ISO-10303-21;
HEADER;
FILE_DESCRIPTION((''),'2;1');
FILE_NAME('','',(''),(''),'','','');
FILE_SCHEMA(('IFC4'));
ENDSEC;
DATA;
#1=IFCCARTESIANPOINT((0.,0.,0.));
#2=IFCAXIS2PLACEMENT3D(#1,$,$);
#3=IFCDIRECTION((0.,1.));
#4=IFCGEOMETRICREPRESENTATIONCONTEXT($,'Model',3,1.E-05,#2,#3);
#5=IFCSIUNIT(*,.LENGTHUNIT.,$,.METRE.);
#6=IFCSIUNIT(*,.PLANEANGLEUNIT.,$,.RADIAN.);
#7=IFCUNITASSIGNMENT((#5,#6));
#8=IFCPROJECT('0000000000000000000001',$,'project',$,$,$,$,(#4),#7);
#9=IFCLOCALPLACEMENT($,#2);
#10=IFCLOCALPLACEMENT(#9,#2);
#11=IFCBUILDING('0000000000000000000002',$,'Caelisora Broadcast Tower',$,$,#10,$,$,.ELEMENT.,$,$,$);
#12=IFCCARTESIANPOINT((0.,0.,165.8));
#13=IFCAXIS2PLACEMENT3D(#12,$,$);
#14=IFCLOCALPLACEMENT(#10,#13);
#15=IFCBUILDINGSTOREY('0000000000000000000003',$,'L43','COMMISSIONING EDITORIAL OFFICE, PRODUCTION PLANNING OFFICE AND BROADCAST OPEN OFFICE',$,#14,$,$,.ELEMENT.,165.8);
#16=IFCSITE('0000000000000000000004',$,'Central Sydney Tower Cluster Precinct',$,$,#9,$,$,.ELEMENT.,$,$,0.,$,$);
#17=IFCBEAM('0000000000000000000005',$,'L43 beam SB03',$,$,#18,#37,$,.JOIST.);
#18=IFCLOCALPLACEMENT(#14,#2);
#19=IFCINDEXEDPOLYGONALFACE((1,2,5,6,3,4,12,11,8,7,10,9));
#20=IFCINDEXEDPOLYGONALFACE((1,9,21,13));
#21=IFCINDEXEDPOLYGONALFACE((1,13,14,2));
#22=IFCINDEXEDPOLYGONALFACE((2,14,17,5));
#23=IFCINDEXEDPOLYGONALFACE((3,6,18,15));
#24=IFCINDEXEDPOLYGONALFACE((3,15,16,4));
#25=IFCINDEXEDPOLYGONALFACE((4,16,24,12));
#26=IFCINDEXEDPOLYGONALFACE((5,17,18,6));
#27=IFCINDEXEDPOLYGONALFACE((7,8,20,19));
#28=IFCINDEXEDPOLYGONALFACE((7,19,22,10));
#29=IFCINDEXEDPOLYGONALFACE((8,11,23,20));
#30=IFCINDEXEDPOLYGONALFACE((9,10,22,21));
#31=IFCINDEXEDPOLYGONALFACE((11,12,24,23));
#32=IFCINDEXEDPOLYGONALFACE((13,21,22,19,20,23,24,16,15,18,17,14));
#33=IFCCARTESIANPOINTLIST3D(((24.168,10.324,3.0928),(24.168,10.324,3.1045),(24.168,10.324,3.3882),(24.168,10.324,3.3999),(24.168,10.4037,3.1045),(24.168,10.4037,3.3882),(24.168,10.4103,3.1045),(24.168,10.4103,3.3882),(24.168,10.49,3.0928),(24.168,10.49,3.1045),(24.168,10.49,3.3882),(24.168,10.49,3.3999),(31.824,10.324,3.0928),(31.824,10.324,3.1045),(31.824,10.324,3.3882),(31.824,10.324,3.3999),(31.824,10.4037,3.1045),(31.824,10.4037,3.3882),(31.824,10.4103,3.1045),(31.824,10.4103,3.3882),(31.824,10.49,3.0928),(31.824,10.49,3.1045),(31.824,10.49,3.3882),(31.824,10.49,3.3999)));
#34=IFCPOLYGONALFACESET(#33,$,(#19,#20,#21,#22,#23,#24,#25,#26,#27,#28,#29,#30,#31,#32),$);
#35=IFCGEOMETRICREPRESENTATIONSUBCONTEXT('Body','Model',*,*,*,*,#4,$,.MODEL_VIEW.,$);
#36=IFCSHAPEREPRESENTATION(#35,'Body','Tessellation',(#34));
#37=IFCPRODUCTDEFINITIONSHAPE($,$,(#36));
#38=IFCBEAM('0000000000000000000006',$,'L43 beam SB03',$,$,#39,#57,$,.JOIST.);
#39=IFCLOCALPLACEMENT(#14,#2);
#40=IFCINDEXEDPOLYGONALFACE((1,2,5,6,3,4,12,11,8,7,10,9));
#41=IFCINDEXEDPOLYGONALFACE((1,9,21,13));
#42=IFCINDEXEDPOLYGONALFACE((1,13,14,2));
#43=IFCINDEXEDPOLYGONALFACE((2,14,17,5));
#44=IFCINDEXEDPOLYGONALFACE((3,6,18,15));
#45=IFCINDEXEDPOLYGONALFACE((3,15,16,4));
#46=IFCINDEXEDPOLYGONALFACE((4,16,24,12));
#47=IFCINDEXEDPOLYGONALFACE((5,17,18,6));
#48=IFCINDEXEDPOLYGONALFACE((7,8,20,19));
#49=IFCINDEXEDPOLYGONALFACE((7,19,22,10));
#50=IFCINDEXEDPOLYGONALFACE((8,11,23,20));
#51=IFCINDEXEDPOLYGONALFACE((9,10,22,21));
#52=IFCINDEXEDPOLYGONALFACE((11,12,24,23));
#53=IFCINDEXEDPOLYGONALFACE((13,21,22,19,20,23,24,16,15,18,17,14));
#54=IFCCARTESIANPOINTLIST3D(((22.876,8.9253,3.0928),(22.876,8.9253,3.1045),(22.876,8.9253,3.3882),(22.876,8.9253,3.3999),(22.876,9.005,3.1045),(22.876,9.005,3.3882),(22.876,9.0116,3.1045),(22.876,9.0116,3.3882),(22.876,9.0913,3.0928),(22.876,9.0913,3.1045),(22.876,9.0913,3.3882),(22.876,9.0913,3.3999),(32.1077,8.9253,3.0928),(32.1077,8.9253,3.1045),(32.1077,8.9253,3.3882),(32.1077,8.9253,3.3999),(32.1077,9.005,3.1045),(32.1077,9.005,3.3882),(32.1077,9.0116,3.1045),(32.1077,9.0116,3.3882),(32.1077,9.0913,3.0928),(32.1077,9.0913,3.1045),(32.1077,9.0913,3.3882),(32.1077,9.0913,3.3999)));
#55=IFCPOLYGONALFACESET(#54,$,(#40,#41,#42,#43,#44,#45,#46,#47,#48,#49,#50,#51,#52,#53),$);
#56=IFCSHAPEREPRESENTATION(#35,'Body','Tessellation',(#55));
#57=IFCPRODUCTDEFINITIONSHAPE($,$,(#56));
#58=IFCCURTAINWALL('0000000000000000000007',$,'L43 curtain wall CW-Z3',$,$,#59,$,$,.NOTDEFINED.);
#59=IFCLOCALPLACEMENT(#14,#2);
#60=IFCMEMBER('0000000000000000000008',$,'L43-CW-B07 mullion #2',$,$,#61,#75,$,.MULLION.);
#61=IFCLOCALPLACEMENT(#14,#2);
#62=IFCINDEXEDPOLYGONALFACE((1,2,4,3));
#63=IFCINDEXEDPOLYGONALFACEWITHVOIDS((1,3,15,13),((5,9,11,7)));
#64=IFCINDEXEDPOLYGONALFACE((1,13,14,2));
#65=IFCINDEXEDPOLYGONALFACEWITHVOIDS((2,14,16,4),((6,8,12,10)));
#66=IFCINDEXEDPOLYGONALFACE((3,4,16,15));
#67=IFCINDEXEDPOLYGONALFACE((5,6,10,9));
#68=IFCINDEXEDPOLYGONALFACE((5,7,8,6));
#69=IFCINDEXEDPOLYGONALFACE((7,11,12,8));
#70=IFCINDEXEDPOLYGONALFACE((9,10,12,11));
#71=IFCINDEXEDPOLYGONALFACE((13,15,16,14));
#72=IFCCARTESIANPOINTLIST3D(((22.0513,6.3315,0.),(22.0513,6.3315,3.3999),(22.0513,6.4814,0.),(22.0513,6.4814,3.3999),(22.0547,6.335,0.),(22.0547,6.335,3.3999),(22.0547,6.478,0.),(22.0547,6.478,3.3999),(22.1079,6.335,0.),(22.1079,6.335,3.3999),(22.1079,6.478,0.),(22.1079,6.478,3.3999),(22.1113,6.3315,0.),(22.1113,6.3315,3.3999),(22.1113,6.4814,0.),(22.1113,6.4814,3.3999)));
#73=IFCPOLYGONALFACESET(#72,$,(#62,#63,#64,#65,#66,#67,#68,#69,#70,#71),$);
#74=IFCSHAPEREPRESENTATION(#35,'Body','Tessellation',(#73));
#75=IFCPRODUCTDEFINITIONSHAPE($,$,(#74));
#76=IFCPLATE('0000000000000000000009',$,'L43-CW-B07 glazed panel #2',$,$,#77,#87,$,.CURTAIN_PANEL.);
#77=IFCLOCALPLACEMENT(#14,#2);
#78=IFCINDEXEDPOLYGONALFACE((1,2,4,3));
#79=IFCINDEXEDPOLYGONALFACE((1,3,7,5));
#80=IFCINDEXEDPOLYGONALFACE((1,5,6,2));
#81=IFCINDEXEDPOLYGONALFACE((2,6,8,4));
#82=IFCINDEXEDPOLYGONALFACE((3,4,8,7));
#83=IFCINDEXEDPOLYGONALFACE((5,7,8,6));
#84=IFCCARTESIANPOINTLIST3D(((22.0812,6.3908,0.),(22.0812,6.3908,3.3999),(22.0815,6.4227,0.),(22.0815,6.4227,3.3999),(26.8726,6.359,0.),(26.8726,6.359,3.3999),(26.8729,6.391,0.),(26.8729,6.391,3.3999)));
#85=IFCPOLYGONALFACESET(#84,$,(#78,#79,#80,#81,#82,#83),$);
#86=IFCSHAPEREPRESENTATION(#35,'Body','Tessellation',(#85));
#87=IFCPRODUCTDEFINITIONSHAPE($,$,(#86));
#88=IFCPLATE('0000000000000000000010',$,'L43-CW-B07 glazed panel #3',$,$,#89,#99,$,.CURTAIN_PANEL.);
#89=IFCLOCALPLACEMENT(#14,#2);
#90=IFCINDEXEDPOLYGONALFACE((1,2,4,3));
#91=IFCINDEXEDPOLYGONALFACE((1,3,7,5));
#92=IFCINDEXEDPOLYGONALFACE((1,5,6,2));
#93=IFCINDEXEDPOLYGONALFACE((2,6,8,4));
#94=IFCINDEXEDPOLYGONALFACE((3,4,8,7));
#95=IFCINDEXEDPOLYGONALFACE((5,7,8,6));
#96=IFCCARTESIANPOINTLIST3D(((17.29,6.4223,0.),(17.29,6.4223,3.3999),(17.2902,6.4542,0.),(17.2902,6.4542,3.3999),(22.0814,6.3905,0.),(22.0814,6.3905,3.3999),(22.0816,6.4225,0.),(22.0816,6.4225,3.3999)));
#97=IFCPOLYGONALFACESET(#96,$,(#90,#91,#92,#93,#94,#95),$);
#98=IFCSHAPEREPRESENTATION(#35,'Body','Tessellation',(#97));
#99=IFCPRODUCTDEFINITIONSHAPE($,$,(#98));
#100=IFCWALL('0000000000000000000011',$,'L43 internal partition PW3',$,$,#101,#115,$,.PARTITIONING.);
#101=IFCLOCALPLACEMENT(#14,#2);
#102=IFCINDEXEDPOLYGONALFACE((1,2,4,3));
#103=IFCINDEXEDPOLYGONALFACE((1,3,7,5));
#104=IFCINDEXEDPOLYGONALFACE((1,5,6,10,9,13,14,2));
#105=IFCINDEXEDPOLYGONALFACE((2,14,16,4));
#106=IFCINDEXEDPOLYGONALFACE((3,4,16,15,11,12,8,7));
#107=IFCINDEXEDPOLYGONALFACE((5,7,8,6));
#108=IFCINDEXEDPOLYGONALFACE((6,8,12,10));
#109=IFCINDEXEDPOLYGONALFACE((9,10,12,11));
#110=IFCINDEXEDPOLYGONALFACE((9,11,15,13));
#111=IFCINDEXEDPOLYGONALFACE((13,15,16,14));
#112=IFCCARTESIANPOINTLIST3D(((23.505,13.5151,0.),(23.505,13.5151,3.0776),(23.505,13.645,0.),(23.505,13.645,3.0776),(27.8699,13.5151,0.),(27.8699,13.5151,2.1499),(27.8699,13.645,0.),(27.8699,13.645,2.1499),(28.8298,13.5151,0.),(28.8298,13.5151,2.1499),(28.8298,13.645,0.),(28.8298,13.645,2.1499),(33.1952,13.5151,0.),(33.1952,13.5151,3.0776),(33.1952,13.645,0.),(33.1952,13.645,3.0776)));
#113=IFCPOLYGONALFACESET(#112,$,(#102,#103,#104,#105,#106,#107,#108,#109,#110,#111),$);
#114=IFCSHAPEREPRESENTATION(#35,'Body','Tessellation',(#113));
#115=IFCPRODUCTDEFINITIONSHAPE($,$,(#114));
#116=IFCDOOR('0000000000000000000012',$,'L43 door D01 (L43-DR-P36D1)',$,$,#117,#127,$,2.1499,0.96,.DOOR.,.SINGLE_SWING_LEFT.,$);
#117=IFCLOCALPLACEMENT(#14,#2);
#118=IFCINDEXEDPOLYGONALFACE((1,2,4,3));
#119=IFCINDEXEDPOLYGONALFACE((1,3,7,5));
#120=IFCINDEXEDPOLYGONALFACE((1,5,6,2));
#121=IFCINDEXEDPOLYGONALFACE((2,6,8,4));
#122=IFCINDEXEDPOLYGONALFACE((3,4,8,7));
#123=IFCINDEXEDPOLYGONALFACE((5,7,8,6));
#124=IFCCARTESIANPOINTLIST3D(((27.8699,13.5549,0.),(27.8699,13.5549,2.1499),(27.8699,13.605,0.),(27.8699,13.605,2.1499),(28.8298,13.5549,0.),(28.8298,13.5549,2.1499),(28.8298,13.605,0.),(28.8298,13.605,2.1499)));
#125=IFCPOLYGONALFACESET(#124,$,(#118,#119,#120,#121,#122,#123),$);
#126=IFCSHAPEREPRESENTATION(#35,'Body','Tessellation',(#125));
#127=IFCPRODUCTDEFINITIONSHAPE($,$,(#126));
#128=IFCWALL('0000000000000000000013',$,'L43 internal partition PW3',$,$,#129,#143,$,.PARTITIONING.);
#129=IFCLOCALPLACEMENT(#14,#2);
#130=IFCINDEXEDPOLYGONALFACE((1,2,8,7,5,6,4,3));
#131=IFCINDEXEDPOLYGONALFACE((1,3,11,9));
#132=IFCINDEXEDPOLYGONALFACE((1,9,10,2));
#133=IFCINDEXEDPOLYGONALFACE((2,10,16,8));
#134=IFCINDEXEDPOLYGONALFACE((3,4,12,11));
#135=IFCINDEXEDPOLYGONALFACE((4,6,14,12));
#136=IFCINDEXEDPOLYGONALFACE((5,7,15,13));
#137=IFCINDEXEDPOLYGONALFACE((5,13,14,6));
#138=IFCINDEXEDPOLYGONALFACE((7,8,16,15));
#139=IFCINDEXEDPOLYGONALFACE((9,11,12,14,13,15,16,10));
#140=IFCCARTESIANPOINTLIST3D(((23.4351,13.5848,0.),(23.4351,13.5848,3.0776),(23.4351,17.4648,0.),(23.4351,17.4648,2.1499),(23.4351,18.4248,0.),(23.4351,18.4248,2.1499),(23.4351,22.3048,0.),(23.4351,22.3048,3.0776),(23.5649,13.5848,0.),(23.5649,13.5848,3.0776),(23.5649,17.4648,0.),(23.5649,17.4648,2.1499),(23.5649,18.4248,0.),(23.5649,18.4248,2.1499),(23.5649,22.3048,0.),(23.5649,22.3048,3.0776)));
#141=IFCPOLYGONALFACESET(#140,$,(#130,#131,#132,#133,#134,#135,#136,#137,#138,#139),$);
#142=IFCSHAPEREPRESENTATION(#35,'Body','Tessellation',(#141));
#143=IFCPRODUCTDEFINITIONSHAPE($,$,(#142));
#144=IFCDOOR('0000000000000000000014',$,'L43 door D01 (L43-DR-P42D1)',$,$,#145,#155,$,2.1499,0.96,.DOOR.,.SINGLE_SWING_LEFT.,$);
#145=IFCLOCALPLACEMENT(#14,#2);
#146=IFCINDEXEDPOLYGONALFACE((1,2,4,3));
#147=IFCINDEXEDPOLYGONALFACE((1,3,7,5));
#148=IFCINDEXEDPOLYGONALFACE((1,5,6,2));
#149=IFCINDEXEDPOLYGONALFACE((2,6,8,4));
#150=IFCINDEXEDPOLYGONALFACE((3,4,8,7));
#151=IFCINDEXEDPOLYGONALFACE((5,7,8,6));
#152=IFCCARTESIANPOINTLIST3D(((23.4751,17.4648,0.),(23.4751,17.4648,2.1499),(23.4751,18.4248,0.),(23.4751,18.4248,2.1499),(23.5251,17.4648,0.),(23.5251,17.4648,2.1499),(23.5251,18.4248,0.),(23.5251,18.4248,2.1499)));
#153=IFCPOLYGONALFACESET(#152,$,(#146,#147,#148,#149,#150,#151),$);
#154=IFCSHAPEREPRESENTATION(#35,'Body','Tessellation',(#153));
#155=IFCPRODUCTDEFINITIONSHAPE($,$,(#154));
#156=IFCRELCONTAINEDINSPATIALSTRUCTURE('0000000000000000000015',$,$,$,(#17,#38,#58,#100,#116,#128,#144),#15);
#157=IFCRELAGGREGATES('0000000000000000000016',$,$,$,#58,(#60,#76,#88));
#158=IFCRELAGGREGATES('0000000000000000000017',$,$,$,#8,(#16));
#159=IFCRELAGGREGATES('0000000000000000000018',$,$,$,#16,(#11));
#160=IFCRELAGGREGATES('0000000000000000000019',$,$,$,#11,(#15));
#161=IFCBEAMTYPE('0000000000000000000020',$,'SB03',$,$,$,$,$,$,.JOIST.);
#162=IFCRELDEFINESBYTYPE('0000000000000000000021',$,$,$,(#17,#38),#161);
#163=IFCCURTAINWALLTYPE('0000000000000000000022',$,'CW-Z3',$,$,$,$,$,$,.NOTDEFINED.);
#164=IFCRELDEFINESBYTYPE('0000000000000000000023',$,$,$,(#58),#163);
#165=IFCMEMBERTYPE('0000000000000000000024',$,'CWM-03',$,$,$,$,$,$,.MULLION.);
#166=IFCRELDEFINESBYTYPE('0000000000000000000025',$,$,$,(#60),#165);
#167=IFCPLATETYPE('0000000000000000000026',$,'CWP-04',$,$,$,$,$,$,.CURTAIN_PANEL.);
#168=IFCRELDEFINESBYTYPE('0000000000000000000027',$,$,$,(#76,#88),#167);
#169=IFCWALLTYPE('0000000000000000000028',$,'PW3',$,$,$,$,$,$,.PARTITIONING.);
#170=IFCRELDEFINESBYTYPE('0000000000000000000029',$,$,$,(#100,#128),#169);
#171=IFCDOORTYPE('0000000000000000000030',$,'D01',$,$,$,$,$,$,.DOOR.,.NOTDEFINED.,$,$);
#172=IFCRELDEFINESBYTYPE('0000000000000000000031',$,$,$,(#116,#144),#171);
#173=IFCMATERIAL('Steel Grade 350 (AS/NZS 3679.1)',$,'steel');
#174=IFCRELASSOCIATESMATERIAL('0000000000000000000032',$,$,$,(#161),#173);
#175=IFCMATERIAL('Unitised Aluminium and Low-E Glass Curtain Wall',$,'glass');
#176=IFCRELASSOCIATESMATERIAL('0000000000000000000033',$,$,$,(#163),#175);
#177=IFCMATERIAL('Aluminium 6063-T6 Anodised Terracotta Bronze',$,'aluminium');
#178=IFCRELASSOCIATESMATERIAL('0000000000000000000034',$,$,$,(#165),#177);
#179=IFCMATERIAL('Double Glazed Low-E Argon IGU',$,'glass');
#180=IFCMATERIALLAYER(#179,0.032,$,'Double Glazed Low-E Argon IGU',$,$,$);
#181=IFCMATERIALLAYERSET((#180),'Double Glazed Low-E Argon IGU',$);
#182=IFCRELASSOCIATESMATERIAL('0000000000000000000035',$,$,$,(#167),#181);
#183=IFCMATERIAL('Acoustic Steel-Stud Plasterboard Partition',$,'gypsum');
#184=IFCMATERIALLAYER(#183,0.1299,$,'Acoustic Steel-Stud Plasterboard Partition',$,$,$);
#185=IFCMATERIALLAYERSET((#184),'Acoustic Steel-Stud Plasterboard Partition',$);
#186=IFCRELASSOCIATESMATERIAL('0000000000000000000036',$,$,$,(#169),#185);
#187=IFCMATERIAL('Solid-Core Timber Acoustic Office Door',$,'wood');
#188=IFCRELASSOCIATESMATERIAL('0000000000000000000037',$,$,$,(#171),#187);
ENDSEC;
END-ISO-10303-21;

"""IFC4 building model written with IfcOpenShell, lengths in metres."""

from ifc_helpers import new_model, si_unit, direction, frame, frame_2d, origin, origin_2d, place, context, subcontext, project, spatial, rectangle, hollow_rectangle, i_section, extrude, source, transform, mapped, material, layer, layer_set, material_profile, profile_set, type_object, type_shapes, element, fill, aggregate, save


model = new_model("IFC4")

# Units and contexts
model_context = context("Model", 3, precision=1e-05, world=origin(), true_north=direction((0.0, 1.0)))
body_context = subcontext(model_context, "Body", "Model", "MODEL_VIEW")
ifc_project = project(units=[si_unit("LENGTHUNIT", "METRE"), si_unit("PLANEANGLEUNIT", "RADIAN")], contexts=[model_context])

# Site, building, storey
site_placement = place(None, origin())
site = spatial("IfcSite", under=ifc_project, at=site_placement, Name="Central Sydney Tower Cluster Precinct", CompositionType="ELEMENT", RefElevation=0.0)
building_placement = place(site_placement, origin())
building = spatial("IfcBuilding", under=site, at=building_placement, Name="Caelisora Broadcast Tower", CompositionType="ELEMENT")
storey_placement = place(building_placement, frame((0.0, 0.0, 165.8)))
storey = spatial("IfcBuildingStorey", under=building, at=storey_placement, Name="L43", Description="COMMISSIONING EDITORIAL OFFICE, PRODUCTION PLANNING OFFICE AND BROADCAST OPEN OFFICE", CompositionType="ELEMENT", Elevation=165.8)

# Beams
ifc_material_1 = material(Name="Steel Grade 350 (AS/NZS 3679.1)", Category="steel")
ifc_material_profile_1 = material_profile(ifc_material_1, i_section(OverallWidth=0.166, OverallDepth=0.3071, WebThickness=0.0066, FlangeThickness=0.0117, at=origin_2d()), Name="Steel Grade 350 (AS/NZS 3679.1)")
ifc_profile_set_1 = profile_set([ifc_material_profile_1], Name="Steel Grade 350 (AS/NZS 3679.1)")
beam_type_1 = type_object("IfcBeamType", Name="SB03", PredefinedType="JOIST", material=ifc_profile_set_1)
shared_shape_1 = source(origin(), body_context, "Body", "SweptSolid", [
    extrude(i_section(OverallWidth=0.166, OverallDepth=0.3071, WebThickness=0.0066, FlangeThickness=0.0117, at=origin_2d()), origin(), (0.0, 0.0, 1.0), 7.656),
])
beam_1_placement = place(storey_placement, frame((24.168, 10.407, 3.2463), z_axis=(1.0, 0.0, 0.0), x_axis=(0.0, 1.0, 0.0)))
element("IfcBeam", 1, at=beam_1_placement, inside=storey, type_object=beam_type_1, Name="L43 beam SB03", PredefinedType="JOIST", context=body_context, shape_type="MappedRepresentation", body=[
    mapped(shared_shape_1, transform((0.0, 0.0, 0.0), scale=1.0)),
])
shared_shape_2 = source(origin(), body_context, "Body", "SweptSolid", [
    extrude(i_section(OverallWidth=0.166, OverallDepth=0.3071, WebThickness=0.0066, FlangeThickness=0.0117, at=origin_2d()), origin(), (0.0, 0.0, 1.0), 9.2317),
])
beam_2_placement = place(storey_placement, frame((22.876, 9.0083, 3.2463), z_axis=(1.0, 0.0, 0.0), x_axis=(0.0, 1.0, 0.0)))
element("IfcBeam", 2, at=beam_2_placement, inside=storey, type_object=beam_type_1, Name="L43 beam SB03", PredefinedType="JOIST", context=body_context, shape_type="MappedRepresentation", body=[
    mapped(shared_shape_2, transform((0.0, 0.0, 0.0), scale=1.0)),
])

# Curtain wall, member, plates
ifc_material_2 = material(Name="Unitised Aluminium and Low-E Glass Curtain Wall", Category="glass")
curtain_wall_type = type_object("IfcCurtainWallType", Name="CW-Z3", PredefinedType="NOTDEFINED", material=ifc_material_2)
curtain_wall_placement = place(storey_placement, origin())
curtain_wall = element("IfcCurtainWall", 3, at=curtain_wall_placement, inside=storey, type_object=curtain_wall_type, Name="L43 curtain wall CW-Z3", PredefinedType="NOTDEFINED")
ifc_material_3 = material(Name="Aluminium 6063-T6 Anodised Terracotta Bronze", Category="aluminium")
ifc_material_profile_2 = material_profile(ifc_material_3, hollow_rectangle(XDim=0.0601, YDim=0.1499, WallThickness=0.0034, at=origin_2d()), Name="Aluminium 6063-T6 Anodised Terracotta Bronze")
ifc_profile_set_2 = profile_set([ifc_material_profile_2], Name="Aluminium 6063-T6 Anodised Terracotta Bronze")
member_type = type_object("IfcMemberType", Name="CWM-03", PredefinedType="MULLION", material=ifc_profile_set_2)
shared_shape_3 = source(origin(), body_context, "Body", "SweptSolid", [
    extrude(hollow_rectangle(XDim=0.0601, YDim=0.1499, WallThickness=0.0034, at=origin_2d()), origin(), (0.0, 0.0, 1.0), 3.3999),
])
type_shapes(member_type, [shared_shape_3])
member_placement = place(storey_placement, frame((22.0813, 6.4065, 0.0), z_axis=(0.0, 0.0, 1.0), x_axis=(1.0, 0.0, 0.0)))
member = element("IfcMember", 4, at=member_placement, type_object=member_type, Name="L43-CW-B07 mullion #2", PredefinedType="MULLION", context=body_context, shape_type="MappedRepresentation", body=[
    mapped(shared_shape_3, transform((0.0, 0.0, 0.0), scale=1.0)),
])
ifc_material_4 = material(Name="Double Glazed Low-E Argon IGU", Category="glass")
ifc_layer_1 = layer(ifc_material_4, 0.032, Name="Double Glazed Low-E Argon IGU")
ifc_layer_set_1 = layer_set([ifc_layer_1], Name="Double Glazed Low-E Argon IGU")
plate_type = type_object("IfcPlateType", Name="CWP-04", PredefinedType="CURTAIN_PANEL", material=ifc_layer_set_1)
shared_shape_4 = source(origin(), body_context, "Body", "SweptSolid", [
    extrude(rectangle(XDim=4.7915, YDim=0.032, at=origin_2d()), origin(), (0.0, 0.0, 1.0), 3.3999),
])
type_shapes(plate_type, [shared_shape_4])
plate_1_placement = place(storey_placement, frame((24.4771, 6.3909, 0.0), z_axis=(0.0, 0.0, 1.0), x_axis=(-0.999978, 0.006632, 0.0)))
plate_1 = element("IfcPlate", 5, at=plate_1_placement, type_object=plate_type, Name="L43-CW-B07 glazed panel #2", PredefinedType="CURTAIN_PANEL", context=body_context, shape_type="MappedRepresentation", body=[
    mapped(shared_shape_4, transform((0.0, 0.0, 0.0), scale=1.0)),
])
plate_2_placement = place(storey_placement, frame((19.6858, 6.4224, 0.0), z_axis=(0.0, 0.0, 1.0), x_axis=(-0.999978, 0.006632, 0.0)))
plate_2 = element("IfcPlate", 6, at=plate_2_placement, type_object=plate_type, Name="L43-CW-B07 glazed panel #3", PredefinedType="CURTAIN_PANEL", context=body_context, shape_type="MappedRepresentation", body=[
    mapped(shared_shape_4, transform((0.0, 0.0, 0.0), scale=1.0)),
])
aggregate(curtain_wall, [member, plate_1, plate_2])

# Walls, openings, doors
ifc_material_5 = material(Name="Acoustic Steel-Stud Plasterboard Partition", Category="gypsum")
ifc_layer_2 = layer(ifc_material_5, 0.1299, Name="Acoustic Steel-Stud Plasterboard Partition")
ifc_layer_set_2 = layer_set([ifc_layer_2], Name="Acoustic Steel-Stud Plasterboard Partition")
wall_type = type_object("IfcWallType", Name="PW3", PredefinedType="PARTITIONING", material=ifc_layer_set_2)
wall_1_placement = place(storey_placement, frame((23.5049, 13.5801, 0.0), z_axis=(0.0, 0.0, 1.0), x_axis=(1.0, 0.0, 0.0)))
wall_1 = element("IfcWall", 7, at=wall_1_placement, inside=storey, type_object=wall_type, Name="L43 internal partition PW3", PredefinedType="PARTITIONING", context=body_context, shape_type="SweptSolid", body=[
    extrude(rectangle(XDim=9.6902, YDim=0.1299, at=frame_2d((4.8452, 0.0))), origin(), (0.0, 0.0, 1.0), 3.0776),
])
opening_1_placement = place(wall_1_placement, frame((4.365, 0.0, 0.0)))
opening_1 = element("IfcOpeningElement", 8, at=opening_1_placement, cuts=wall_1, PredefinedType="OPENING", context=body_context, shape_type="SweptSolid", body=[
    extrude(rectangle(XDim=0.96, YDim=2.1499, at=frame_2d((0.48, 1.075))), frame((0.0, 0.0769, 0.0), z_axis=(0.0, -1.0, 0.0), x_axis=(1.0, 0.0, 0.0)), (0.0, 0.0, 1.0), 0.1538),
])
ifc_material_6 = material(Name="Solid-Core Timber Acoustic Office Door", Category="wood")
door_type = type_object("IfcDoorType", Name="D01", OperationType="NOTDEFINED", PredefinedType="DOOR", material=ifc_material_6)
door_1_placement = place(opening_1_placement, origin())
door_1 = element("IfcDoor", 9, at=door_1_placement, inside=storey, type_object=door_type, Name="L43 door D01 (L43-DR-P36D1)", OperationType="SINGLE_SWING_LEFT", OverallHeight=2.1499, OverallWidth=0.96, PredefinedType="DOOR", context=body_context, shape_type="SweptSolid", body=[
    extrude(rectangle(XDim=0.96, YDim=2.1499, at=frame_2d((0.48, 1.075))), frame((0.0, 0.0249, 0.0), z_axis=(0.0, -1.0, 0.0), x_axis=(1.0, 0.0, 0.0)), (0.0, 0.0, 1.0), 0.05),
])
fill(opening_1, door_1)
wall_2_placement = place(storey_placement, frame((23.5, 13.585, 0.0), z_axis=(0.0, 0.0, 1.0), x_axis=(0.0, 1.0, 0.0)))
wall_2 = element("IfcWall", 10, at=wall_2_placement, inside=storey, type_object=wall_type, Name="L43 internal partition PW3", PredefinedType="PARTITIONING", context=body_context, shape_type="SweptSolid", body=[
    extrude(rectangle(XDim=8.72, YDim=0.1299, at=frame_2d((4.3599, 0.0))), origin(), (0.0, 0.0, 1.0), 3.0776),
])
opening_2_placement = place(wall_2_placement, frame((3.8799, 0.0, 0.0)))
opening_2 = element("IfcOpeningElement", 11, at=opening_2_placement, cuts=wall_2, PredefinedType="OPENING", context=body_context, shape_type="SweptSolid", body=[
    extrude(rectangle(XDim=0.96, YDim=2.1499, at=frame_2d((0.48, 1.075))), frame((0.0, 0.0769, 0.0), z_axis=(0.0, -1.0, 0.0), x_axis=(1.0, 0.0, 0.0)), (0.0, 0.0, 1.0), 0.1538),
])
door_2_placement = place(opening_2_placement, origin())
door_2 = element("IfcDoor", 12, at=door_2_placement, inside=storey, type_object=door_type, Name="L43 door D01 (L43-DR-P42D1)", OperationType="SINGLE_SWING_LEFT", OverallHeight=2.1499, OverallWidth=0.96, PredefinedType="DOOR", context=body_context, shape_type="SweptSolid", body=[
    extrude(rectangle(XDim=0.96, YDim=2.1499, at=frame_2d((0.48, 1.075))), frame((0.0, 0.0249, 0.0), z_axis=(0.0, -1.0, 0.0), x_axis=(1.0, 0.0, 0.0)), (0.0, 0.0, 1.0), 0.05),
])
fill(opening_2, door_2)

save(model, "model.ifc")
